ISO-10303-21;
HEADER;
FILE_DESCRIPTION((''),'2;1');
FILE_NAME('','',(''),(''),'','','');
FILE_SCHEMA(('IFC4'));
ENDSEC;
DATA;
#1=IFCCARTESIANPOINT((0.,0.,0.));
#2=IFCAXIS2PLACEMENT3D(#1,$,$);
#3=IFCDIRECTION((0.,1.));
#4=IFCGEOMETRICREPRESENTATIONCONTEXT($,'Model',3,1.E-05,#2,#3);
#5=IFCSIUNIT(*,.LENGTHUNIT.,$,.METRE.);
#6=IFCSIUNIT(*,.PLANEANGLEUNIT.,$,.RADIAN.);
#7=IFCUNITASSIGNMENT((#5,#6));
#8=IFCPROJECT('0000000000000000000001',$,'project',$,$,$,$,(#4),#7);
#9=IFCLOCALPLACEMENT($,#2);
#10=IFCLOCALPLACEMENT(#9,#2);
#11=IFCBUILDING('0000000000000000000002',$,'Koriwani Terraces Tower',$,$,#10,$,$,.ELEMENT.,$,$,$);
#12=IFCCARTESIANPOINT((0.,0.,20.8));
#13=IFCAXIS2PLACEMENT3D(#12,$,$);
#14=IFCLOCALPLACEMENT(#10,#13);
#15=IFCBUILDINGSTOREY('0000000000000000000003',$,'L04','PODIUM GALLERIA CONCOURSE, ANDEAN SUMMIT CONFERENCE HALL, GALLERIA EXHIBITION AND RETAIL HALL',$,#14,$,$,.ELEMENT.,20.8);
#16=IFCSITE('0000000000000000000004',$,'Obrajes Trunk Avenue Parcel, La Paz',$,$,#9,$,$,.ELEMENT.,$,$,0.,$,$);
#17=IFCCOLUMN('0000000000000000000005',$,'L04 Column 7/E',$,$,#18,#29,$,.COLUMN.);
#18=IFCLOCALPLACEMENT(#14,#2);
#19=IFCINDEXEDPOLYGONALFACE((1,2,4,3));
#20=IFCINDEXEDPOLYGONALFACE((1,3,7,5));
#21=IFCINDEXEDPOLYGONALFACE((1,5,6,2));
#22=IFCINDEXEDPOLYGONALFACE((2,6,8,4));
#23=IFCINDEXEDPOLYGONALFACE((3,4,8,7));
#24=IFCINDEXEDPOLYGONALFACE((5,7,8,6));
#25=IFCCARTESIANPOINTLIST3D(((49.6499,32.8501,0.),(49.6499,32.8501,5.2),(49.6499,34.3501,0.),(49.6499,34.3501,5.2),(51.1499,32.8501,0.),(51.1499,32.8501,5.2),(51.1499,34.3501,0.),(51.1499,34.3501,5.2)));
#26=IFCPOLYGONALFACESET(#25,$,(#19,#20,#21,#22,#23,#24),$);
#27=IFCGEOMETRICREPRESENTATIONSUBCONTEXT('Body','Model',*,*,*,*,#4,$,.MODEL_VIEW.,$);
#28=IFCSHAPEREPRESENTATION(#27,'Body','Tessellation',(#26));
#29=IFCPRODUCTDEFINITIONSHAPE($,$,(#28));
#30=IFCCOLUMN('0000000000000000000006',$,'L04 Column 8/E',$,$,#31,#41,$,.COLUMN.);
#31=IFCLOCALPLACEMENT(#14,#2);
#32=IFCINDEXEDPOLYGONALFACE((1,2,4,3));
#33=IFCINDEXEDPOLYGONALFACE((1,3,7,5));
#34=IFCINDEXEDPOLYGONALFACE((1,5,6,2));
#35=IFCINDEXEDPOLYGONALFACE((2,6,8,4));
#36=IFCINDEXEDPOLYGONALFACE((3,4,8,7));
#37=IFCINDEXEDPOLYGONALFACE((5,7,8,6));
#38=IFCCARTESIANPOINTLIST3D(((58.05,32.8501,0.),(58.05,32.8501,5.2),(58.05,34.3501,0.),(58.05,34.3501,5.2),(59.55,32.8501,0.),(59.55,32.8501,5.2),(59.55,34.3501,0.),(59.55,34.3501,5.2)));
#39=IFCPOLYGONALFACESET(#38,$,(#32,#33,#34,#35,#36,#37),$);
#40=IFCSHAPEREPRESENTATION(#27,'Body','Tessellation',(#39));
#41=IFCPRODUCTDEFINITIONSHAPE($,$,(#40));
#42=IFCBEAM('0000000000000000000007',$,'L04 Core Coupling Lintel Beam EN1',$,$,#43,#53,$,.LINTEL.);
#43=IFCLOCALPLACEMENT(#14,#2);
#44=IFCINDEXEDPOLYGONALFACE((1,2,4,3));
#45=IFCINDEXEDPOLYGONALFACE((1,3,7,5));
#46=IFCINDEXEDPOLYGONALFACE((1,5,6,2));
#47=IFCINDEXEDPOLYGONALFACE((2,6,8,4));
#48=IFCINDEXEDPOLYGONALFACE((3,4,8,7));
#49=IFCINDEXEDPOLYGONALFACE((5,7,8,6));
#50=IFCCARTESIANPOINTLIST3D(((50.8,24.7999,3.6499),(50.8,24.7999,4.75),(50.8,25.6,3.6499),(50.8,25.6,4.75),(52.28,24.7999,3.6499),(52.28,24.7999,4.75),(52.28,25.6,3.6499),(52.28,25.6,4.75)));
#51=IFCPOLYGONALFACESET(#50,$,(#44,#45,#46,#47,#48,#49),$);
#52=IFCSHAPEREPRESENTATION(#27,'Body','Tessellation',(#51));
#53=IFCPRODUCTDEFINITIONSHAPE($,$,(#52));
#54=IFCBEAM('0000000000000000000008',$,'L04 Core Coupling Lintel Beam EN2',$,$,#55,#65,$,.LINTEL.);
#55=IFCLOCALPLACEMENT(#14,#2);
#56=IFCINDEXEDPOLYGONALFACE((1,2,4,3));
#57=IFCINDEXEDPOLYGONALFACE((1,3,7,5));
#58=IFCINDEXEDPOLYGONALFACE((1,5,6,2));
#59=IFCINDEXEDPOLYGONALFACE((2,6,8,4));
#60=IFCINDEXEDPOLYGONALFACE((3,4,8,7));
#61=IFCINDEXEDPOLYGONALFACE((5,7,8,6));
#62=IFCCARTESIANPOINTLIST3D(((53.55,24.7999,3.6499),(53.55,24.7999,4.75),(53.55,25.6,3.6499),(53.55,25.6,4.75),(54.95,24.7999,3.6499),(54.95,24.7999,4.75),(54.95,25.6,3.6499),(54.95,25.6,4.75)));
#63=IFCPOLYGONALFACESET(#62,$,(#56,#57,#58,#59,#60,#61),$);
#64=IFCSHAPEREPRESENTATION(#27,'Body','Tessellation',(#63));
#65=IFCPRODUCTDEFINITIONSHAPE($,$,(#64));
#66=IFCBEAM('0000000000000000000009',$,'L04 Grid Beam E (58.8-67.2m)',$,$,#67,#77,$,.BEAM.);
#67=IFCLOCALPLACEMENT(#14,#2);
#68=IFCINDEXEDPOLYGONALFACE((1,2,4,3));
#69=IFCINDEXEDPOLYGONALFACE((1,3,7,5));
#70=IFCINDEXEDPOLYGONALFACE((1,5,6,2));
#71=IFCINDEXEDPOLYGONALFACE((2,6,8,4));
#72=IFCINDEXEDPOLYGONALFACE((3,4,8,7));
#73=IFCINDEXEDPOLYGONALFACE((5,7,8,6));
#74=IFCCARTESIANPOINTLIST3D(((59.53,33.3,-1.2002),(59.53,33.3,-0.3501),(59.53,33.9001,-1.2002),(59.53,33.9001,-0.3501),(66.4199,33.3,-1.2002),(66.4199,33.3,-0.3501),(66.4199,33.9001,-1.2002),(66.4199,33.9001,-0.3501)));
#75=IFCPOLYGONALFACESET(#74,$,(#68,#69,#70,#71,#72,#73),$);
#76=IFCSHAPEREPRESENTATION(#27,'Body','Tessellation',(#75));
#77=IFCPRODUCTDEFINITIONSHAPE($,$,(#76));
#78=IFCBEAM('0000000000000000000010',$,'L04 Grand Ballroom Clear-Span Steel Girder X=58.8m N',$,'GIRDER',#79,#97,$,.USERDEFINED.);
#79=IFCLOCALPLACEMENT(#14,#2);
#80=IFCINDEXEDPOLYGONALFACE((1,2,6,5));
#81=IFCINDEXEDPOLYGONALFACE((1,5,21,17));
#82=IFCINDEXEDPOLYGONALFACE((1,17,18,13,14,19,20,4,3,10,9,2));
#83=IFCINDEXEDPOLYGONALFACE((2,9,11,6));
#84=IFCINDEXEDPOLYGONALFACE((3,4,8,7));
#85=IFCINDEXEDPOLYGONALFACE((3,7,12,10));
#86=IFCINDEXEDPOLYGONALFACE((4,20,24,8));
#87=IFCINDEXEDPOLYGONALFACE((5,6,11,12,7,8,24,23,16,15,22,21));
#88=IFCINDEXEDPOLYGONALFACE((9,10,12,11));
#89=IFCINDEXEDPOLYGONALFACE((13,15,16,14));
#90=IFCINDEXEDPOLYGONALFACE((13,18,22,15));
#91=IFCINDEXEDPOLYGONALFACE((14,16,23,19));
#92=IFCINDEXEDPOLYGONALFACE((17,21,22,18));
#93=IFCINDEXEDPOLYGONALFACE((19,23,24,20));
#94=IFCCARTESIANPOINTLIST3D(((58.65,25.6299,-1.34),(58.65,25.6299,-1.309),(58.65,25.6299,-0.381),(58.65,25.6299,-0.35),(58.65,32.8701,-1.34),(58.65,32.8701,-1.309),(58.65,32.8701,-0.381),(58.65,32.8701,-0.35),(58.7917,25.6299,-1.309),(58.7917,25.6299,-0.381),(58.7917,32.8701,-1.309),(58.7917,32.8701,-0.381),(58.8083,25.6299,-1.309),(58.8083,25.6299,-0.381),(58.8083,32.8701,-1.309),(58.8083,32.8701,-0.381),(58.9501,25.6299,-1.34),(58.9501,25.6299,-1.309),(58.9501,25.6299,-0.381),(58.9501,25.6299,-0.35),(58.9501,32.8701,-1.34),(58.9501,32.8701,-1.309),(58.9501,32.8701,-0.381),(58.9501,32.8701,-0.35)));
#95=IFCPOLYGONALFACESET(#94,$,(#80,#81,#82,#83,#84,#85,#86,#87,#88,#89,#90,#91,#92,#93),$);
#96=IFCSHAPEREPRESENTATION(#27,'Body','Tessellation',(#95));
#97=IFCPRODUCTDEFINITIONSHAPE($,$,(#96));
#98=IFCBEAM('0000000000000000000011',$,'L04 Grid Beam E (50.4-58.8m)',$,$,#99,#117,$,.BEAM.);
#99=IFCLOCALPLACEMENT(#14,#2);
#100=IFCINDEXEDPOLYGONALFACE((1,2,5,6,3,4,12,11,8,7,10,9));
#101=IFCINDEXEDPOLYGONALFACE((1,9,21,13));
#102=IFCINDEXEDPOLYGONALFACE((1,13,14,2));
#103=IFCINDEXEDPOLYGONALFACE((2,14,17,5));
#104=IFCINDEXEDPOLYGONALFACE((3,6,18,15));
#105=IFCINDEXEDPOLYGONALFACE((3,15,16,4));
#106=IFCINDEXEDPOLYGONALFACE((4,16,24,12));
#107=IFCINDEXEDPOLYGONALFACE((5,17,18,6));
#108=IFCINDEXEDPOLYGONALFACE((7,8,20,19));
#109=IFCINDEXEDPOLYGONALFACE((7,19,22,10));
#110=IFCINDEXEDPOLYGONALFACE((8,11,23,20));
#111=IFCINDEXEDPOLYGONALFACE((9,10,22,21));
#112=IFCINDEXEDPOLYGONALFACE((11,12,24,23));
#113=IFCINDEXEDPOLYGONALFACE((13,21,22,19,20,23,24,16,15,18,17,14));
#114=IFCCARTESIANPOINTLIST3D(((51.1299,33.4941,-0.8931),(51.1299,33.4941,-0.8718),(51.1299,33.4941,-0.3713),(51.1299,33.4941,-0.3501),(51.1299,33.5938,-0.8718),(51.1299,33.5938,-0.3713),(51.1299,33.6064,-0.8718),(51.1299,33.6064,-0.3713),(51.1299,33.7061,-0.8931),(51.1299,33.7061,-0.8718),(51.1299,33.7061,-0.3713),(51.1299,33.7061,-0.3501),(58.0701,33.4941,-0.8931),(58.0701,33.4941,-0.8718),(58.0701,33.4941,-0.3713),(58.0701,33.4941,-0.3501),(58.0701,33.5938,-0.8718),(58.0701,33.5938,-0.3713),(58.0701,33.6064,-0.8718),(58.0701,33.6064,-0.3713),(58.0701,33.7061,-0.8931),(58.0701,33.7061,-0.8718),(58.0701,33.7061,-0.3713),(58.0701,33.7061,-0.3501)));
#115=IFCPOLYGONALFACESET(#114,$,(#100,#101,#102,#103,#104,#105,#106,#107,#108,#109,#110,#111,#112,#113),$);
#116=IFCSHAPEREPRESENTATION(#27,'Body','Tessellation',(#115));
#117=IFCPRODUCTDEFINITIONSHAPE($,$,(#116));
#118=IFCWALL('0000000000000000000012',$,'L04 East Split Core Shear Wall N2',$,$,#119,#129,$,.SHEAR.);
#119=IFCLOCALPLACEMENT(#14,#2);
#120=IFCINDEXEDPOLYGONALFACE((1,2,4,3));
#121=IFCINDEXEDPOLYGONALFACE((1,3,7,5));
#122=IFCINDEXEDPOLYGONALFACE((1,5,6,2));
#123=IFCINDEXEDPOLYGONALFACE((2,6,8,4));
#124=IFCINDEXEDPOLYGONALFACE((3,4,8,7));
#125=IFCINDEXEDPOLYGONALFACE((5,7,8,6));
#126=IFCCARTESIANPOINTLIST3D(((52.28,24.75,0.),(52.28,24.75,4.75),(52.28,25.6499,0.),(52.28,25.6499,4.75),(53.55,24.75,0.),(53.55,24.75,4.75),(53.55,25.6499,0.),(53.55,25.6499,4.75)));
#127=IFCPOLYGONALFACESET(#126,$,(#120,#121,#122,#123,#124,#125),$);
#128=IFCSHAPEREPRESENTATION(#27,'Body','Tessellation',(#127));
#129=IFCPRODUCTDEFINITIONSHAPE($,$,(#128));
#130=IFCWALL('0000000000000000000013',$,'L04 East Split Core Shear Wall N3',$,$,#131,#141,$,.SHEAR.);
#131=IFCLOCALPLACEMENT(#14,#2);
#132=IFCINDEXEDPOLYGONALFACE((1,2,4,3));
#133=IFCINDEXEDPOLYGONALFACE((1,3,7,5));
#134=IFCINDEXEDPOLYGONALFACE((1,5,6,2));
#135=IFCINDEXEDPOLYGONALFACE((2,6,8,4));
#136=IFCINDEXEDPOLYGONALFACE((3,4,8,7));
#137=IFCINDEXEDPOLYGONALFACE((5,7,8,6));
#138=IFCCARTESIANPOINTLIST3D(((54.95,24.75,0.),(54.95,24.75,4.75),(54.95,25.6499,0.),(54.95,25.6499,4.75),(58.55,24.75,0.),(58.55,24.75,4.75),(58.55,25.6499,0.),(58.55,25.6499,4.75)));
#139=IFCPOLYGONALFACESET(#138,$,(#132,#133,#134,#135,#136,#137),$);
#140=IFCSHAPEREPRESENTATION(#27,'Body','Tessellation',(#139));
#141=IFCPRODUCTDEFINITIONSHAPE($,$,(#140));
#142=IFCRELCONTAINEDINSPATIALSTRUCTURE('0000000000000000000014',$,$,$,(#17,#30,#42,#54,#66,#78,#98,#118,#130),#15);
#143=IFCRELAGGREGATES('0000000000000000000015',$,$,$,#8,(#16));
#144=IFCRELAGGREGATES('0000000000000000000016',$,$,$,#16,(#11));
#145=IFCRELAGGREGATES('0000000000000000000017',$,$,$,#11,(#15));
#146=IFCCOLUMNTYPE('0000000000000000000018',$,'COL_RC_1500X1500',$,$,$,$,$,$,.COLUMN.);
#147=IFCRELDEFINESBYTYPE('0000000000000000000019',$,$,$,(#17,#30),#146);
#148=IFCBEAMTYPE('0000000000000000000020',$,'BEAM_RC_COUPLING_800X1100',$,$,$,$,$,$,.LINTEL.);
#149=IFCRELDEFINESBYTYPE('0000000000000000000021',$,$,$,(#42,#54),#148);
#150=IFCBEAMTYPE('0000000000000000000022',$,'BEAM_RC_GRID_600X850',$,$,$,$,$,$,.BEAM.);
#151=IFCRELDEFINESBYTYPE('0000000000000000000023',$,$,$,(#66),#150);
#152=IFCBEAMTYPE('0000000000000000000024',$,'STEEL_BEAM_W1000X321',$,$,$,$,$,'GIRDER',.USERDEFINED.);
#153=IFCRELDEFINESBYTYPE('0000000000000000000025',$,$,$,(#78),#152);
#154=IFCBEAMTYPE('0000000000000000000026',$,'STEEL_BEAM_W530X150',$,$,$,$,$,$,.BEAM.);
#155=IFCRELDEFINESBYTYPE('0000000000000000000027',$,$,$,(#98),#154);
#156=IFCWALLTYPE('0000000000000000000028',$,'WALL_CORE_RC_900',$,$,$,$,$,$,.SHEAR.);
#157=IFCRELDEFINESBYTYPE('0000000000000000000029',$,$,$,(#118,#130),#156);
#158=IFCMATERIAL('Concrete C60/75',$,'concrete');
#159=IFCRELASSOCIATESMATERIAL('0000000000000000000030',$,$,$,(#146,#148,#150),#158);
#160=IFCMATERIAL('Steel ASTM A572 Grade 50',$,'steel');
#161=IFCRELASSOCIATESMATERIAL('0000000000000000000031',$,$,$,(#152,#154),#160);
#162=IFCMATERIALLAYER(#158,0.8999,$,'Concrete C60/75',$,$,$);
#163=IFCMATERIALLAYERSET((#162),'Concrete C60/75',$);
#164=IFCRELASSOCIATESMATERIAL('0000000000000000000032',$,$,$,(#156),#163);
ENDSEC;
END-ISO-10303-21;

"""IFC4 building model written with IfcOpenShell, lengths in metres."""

from ifc_helpers import new_model, si_unit, direction, frame, frame_2d, origin, origin_2d, place, context, subcontext, project, spatial, rectangle, i_section, extrude, material, layer, layer_set, material_profile, profile_set, type_object, element, save


model = new_model("IFC4")

# Units and contexts
model_context = context("Model", 3, precision=1e-05, world=origin(), true_north=direction((0.0, 1.0)))
body_context = subcontext(model_context, "Body", "Model", "MODEL_VIEW")
ifc_project = project(units=[si_unit("LENGTHUNIT", "METRE"), si_unit("PLANEANGLEUNIT", "RADIAN")], contexts=[model_context])

# Site, building, storey
site_placement = place(None, origin())
site = spatial("IfcSite", under=ifc_project, at=site_placement, Name="Obrajes Trunk Avenue Parcel, La Paz", CompositionType="ELEMENT", RefElevation=0.0)
building_placement = place(site_placement, origin())
building = spatial("IfcBuilding", under=site, at=building_placement, Name="Koriwani Terraces Tower", CompositionType="ELEMENT")
storey_placement = place(building_placement, frame((0.0, 0.0, 20.8)))
storey = spatial("IfcBuildingStorey", under=building, at=storey_placement, Name="L04", Description="PODIUM GALLERIA CONCOURSE, ANDEAN SUMMIT CONFERENCE HALL, GALLERIA EXHIBITION AND RETAIL HALL", CompositionType="ELEMENT", Elevation=20.8)

# Columns
ifc_material_1 = material(Name="Concrete C60/75", Category="concrete")
ifc_material_profile_1 = material_profile(ifc_material_1, rectangle(XDim=1.5, YDim=1.5, at=origin_2d()), Name="Concrete C60/75", Category="LoadBearing")
ifc_profile_set_1 = profile_set([ifc_material_profile_1], Name="Concrete C60/75")
column_type = type_object("IfcColumnType", Name="COL_RC_1500X1500", PredefinedType="COLUMN", material=ifc_profile_set_1)
for number, where, z_axis, x_axis, name in (
    (1, (50.3999, 33.6001, 0.0), (0.0, 0.0, 1.0), (1.0, 0.0, 0.0), "L04 Column 7/E"),
    (2, (58.8, 33.6001, 0.0), (0.0, 0.0, 1.0), (1.0, 0.0, 0.0), "L04 Column 8/E"),
):
    element("IfcColumn", number, at=place(storey_placement, frame(where, z_axis=z_axis, x_axis=x_axis)), inside=storey, type_object=column_type, Name=name, PredefinedType="COLUMN", context=body_context, shape_type="SweptSolid", body=[
        extrude(rectangle(XDim=1.5, YDim=1.5, at=origin_2d()), origin(), (0.0, 0.0, 1.0), 5.2),
    ])

# Beams
ifc_material_profile_2 = material_profile(ifc_material_1, rectangle(XDim=0.8, YDim=1.1001, at=origin_2d()), Name="Concrete C60/75", Category="LoadBearing")
ifc_profile_set_2 = profile_set([ifc_material_profile_2], Name="Concrete C60/75")
beam_type_1 = type_object("IfcBeamType", Name="BEAM_RC_COUPLING_800X1100", PredefinedType="LINTEL", material=ifc_profile_set_2)
beam_1_placement = place(storey_placement, frame((50.8, 25.2, 4.2), z_axis=(1.0, 0.0, 0.0), x_axis=(0.0, 1.0, 0.0)))
element("IfcBeam", 3, at=beam_1_placement, inside=storey, type_object=beam_type_1, Name="L04 Core Coupling Lintel Beam EN1", PredefinedType="LINTEL", context=body_context, shape_type="SweptSolid", body=[
    extrude(rectangle(XDim=0.8, YDim=1.1001, at=origin_2d()), origin(), (0.0, 0.0, 1.0), 1.48),
])
beam_2_placement = place(storey_placement, frame((53.55, 25.2, 4.2), z_axis=(1.0, 0.0, 0.0), x_axis=(0.0, 1.0, 0.0)))
element("IfcBeam", 4, at=beam_2_placement, inside=storey, type_object=beam_type_1, Name="L04 Core Coupling Lintel Beam EN2", PredefinedType="LINTEL", context=body_context, shape_type="SweptSolid", body=[
    extrude(rectangle(XDim=0.8, YDim=1.1001, at=origin_2d()), origin(), (0.0, 0.0, 1.0), 1.3999),
])
ifc_material_profile_3 = material_profile(ifc_material_1, rectangle(XDim=0.6001, YDim=0.8501, at=origin_2d()), Name="Concrete C60/75", Category="LoadBearing")
ifc_profile_set_3 = profile_set([ifc_material_profile_3], Name="Concrete C60/75")
beam_type_2 = type_object("IfcBeamType", Name="BEAM_RC_GRID_600X850", PredefinedType="BEAM", material=ifc_profile_set_3)
beam_3_placement = place(storey_placement, frame((59.53, 33.6001, -0.7751), z_axis=(1.0, 0.0, 0.0), x_axis=(0.0, 1.0, 0.0)))
element("IfcBeam", 5, at=beam_3_placement, inside=storey, type_object=beam_type_2, Name="L04 Grid Beam E (58.8-67.2m)", PredefinedType="BEAM", context=body_context, shape_type="SweptSolid", body=[
    extrude(rectangle(XDim=0.6001, YDim=0.8501, at=origin_2d()), origin(), (0.0, 0.0, 1.0), 6.8899),
])
ifc_material_2 = material(Name="Steel ASTM A572 Grade 50", Category="steel")
ifc_material_profile_4 = material_profile(ifc_material_2, i_section(OverallWidth=0.3, OverallDepth=0.99, WebThickness=0.0166, FlangeThickness=0.031, at=origin_2d()), Name="Steel ASTM A572 Grade 50", Category="LoadBearing")
ifc_profile_set_4 = profile_set([ifc_material_profile_4], Name="Steel ASTM A572 Grade 50")
beam_type_3 = type_object("IfcBeamType", Name="STEEL_BEAM_W1000X321", ElementType="GIRDER", PredefinedType="USERDEFINED", material=ifc_profile_set_4)
beam_4_placement = place(storey_placement, frame((58.8, 25.6299, -0.845), z_axis=(0.0, 1.0, 0.0), x_axis=(-1.0, 0.0, 0.0)))
element("IfcBeam", 6, at=beam_4_placement, inside=storey, type_object=beam_type_3, Name="L04 Grand Ballroom Clear-Span Steel Girder X=58.8m N", ObjectType="GIRDER", PredefinedType="USERDEFINED", context=body_context, shape_type="SweptSolid", body=[
    extrude(i_section(OverallWidth=0.3, OverallDepth=0.99, WebThickness=0.0166, FlangeThickness=0.031, at=origin_2d()), origin(), (0.0, 0.0, 1.0), 7.2402),
])
ifc_material_profile_5 = material_profile(ifc_material_2, i_section(OverallWidth=0.2119, OverallDepth=0.543, WebThickness=0.0127, FlangeThickness=0.0212, at=origin_2d()), Name="Steel ASTM A572 Grade 50", Category="LoadBearing")
ifc_profile_set_5 = profile_set([ifc_material_profile_5], Name="Steel ASTM A572 Grade 50")
beam_type_4 = type_object("IfcBeamType", Name="STEEL_BEAM_W530X150", PredefinedType="BEAM", material=ifc_profile_set_5)
beam_5_placement = place(storey_placement, frame((51.1299, 33.6001, -0.6216), z_axis=(1.0, 0.0, 0.0), x_axis=(0.0, 1.0, 0.0)))
element("IfcBeam", 7, at=beam_5_placement, inside=storey, type_object=beam_type_4, Name="L04 Grid Beam E (50.4-58.8m)", PredefinedType="BEAM", context=body_context, shape_type="SweptSolid", body=[
    extrude(i_section(OverallWidth=0.2119, OverallDepth=0.543, WebThickness=0.0127, FlangeThickness=0.0212, at=origin_2d()), origin(), (0.0, 0.0, 1.0), 6.9402),
])

# Walls
ifc_layer_1 = layer(ifc_material_1, 0.8999, Name="Concrete C60/75")
ifc_layer_set_1 = layer_set([ifc_layer_1], Name="Concrete C60/75")
wall_type_1 = type_object("IfcWallType", Name="WALL_CORE_RC_900", PredefinedType="SHEAR", material=ifc_layer_set_1)
wall_1_placement = place(storey_placement, frame((52.28, 25.2, 0.0), z_axis=(0.0, 0.0, 1.0), x_axis=(1.0, 0.0, 0.0)))
element("IfcWall", 8, at=wall_1_placement, inside=storey, type_object=wall_type_1, Name="L04 East Split Core Shear Wall N2", PredefinedType="SHEAR", context=body_context, shape_type="SweptSolid", body=[
    extrude(rectangle(XDim=1.27, YDim=0.8999, at=frame_2d((0.635, 0.0))), origin(), (0.0, 0.0, 1.0), 4.75),
])
wall_2_placement = place(storey_placement, frame((54.95, 25.2, 0.0), z_axis=(0.0, 0.0, 1.0), x_axis=(1.0, 0.0, 0.0)))
element("IfcWall", 9, at=wall_2_placement, inside=storey, type_object=wall_type_1, Name="L04 East Split Core Shear Wall N3", PredefinedType="SHEAR", context=body_context, shape_type="SweptSolid", body=[
    extrude(rectangle(XDim=3.6001, YDim=0.8999, at=frame_2d((1.8, 0.0))), origin(), (0.0, 0.0, 1.0), 4.75),
])

save(model, "model.ifc")
